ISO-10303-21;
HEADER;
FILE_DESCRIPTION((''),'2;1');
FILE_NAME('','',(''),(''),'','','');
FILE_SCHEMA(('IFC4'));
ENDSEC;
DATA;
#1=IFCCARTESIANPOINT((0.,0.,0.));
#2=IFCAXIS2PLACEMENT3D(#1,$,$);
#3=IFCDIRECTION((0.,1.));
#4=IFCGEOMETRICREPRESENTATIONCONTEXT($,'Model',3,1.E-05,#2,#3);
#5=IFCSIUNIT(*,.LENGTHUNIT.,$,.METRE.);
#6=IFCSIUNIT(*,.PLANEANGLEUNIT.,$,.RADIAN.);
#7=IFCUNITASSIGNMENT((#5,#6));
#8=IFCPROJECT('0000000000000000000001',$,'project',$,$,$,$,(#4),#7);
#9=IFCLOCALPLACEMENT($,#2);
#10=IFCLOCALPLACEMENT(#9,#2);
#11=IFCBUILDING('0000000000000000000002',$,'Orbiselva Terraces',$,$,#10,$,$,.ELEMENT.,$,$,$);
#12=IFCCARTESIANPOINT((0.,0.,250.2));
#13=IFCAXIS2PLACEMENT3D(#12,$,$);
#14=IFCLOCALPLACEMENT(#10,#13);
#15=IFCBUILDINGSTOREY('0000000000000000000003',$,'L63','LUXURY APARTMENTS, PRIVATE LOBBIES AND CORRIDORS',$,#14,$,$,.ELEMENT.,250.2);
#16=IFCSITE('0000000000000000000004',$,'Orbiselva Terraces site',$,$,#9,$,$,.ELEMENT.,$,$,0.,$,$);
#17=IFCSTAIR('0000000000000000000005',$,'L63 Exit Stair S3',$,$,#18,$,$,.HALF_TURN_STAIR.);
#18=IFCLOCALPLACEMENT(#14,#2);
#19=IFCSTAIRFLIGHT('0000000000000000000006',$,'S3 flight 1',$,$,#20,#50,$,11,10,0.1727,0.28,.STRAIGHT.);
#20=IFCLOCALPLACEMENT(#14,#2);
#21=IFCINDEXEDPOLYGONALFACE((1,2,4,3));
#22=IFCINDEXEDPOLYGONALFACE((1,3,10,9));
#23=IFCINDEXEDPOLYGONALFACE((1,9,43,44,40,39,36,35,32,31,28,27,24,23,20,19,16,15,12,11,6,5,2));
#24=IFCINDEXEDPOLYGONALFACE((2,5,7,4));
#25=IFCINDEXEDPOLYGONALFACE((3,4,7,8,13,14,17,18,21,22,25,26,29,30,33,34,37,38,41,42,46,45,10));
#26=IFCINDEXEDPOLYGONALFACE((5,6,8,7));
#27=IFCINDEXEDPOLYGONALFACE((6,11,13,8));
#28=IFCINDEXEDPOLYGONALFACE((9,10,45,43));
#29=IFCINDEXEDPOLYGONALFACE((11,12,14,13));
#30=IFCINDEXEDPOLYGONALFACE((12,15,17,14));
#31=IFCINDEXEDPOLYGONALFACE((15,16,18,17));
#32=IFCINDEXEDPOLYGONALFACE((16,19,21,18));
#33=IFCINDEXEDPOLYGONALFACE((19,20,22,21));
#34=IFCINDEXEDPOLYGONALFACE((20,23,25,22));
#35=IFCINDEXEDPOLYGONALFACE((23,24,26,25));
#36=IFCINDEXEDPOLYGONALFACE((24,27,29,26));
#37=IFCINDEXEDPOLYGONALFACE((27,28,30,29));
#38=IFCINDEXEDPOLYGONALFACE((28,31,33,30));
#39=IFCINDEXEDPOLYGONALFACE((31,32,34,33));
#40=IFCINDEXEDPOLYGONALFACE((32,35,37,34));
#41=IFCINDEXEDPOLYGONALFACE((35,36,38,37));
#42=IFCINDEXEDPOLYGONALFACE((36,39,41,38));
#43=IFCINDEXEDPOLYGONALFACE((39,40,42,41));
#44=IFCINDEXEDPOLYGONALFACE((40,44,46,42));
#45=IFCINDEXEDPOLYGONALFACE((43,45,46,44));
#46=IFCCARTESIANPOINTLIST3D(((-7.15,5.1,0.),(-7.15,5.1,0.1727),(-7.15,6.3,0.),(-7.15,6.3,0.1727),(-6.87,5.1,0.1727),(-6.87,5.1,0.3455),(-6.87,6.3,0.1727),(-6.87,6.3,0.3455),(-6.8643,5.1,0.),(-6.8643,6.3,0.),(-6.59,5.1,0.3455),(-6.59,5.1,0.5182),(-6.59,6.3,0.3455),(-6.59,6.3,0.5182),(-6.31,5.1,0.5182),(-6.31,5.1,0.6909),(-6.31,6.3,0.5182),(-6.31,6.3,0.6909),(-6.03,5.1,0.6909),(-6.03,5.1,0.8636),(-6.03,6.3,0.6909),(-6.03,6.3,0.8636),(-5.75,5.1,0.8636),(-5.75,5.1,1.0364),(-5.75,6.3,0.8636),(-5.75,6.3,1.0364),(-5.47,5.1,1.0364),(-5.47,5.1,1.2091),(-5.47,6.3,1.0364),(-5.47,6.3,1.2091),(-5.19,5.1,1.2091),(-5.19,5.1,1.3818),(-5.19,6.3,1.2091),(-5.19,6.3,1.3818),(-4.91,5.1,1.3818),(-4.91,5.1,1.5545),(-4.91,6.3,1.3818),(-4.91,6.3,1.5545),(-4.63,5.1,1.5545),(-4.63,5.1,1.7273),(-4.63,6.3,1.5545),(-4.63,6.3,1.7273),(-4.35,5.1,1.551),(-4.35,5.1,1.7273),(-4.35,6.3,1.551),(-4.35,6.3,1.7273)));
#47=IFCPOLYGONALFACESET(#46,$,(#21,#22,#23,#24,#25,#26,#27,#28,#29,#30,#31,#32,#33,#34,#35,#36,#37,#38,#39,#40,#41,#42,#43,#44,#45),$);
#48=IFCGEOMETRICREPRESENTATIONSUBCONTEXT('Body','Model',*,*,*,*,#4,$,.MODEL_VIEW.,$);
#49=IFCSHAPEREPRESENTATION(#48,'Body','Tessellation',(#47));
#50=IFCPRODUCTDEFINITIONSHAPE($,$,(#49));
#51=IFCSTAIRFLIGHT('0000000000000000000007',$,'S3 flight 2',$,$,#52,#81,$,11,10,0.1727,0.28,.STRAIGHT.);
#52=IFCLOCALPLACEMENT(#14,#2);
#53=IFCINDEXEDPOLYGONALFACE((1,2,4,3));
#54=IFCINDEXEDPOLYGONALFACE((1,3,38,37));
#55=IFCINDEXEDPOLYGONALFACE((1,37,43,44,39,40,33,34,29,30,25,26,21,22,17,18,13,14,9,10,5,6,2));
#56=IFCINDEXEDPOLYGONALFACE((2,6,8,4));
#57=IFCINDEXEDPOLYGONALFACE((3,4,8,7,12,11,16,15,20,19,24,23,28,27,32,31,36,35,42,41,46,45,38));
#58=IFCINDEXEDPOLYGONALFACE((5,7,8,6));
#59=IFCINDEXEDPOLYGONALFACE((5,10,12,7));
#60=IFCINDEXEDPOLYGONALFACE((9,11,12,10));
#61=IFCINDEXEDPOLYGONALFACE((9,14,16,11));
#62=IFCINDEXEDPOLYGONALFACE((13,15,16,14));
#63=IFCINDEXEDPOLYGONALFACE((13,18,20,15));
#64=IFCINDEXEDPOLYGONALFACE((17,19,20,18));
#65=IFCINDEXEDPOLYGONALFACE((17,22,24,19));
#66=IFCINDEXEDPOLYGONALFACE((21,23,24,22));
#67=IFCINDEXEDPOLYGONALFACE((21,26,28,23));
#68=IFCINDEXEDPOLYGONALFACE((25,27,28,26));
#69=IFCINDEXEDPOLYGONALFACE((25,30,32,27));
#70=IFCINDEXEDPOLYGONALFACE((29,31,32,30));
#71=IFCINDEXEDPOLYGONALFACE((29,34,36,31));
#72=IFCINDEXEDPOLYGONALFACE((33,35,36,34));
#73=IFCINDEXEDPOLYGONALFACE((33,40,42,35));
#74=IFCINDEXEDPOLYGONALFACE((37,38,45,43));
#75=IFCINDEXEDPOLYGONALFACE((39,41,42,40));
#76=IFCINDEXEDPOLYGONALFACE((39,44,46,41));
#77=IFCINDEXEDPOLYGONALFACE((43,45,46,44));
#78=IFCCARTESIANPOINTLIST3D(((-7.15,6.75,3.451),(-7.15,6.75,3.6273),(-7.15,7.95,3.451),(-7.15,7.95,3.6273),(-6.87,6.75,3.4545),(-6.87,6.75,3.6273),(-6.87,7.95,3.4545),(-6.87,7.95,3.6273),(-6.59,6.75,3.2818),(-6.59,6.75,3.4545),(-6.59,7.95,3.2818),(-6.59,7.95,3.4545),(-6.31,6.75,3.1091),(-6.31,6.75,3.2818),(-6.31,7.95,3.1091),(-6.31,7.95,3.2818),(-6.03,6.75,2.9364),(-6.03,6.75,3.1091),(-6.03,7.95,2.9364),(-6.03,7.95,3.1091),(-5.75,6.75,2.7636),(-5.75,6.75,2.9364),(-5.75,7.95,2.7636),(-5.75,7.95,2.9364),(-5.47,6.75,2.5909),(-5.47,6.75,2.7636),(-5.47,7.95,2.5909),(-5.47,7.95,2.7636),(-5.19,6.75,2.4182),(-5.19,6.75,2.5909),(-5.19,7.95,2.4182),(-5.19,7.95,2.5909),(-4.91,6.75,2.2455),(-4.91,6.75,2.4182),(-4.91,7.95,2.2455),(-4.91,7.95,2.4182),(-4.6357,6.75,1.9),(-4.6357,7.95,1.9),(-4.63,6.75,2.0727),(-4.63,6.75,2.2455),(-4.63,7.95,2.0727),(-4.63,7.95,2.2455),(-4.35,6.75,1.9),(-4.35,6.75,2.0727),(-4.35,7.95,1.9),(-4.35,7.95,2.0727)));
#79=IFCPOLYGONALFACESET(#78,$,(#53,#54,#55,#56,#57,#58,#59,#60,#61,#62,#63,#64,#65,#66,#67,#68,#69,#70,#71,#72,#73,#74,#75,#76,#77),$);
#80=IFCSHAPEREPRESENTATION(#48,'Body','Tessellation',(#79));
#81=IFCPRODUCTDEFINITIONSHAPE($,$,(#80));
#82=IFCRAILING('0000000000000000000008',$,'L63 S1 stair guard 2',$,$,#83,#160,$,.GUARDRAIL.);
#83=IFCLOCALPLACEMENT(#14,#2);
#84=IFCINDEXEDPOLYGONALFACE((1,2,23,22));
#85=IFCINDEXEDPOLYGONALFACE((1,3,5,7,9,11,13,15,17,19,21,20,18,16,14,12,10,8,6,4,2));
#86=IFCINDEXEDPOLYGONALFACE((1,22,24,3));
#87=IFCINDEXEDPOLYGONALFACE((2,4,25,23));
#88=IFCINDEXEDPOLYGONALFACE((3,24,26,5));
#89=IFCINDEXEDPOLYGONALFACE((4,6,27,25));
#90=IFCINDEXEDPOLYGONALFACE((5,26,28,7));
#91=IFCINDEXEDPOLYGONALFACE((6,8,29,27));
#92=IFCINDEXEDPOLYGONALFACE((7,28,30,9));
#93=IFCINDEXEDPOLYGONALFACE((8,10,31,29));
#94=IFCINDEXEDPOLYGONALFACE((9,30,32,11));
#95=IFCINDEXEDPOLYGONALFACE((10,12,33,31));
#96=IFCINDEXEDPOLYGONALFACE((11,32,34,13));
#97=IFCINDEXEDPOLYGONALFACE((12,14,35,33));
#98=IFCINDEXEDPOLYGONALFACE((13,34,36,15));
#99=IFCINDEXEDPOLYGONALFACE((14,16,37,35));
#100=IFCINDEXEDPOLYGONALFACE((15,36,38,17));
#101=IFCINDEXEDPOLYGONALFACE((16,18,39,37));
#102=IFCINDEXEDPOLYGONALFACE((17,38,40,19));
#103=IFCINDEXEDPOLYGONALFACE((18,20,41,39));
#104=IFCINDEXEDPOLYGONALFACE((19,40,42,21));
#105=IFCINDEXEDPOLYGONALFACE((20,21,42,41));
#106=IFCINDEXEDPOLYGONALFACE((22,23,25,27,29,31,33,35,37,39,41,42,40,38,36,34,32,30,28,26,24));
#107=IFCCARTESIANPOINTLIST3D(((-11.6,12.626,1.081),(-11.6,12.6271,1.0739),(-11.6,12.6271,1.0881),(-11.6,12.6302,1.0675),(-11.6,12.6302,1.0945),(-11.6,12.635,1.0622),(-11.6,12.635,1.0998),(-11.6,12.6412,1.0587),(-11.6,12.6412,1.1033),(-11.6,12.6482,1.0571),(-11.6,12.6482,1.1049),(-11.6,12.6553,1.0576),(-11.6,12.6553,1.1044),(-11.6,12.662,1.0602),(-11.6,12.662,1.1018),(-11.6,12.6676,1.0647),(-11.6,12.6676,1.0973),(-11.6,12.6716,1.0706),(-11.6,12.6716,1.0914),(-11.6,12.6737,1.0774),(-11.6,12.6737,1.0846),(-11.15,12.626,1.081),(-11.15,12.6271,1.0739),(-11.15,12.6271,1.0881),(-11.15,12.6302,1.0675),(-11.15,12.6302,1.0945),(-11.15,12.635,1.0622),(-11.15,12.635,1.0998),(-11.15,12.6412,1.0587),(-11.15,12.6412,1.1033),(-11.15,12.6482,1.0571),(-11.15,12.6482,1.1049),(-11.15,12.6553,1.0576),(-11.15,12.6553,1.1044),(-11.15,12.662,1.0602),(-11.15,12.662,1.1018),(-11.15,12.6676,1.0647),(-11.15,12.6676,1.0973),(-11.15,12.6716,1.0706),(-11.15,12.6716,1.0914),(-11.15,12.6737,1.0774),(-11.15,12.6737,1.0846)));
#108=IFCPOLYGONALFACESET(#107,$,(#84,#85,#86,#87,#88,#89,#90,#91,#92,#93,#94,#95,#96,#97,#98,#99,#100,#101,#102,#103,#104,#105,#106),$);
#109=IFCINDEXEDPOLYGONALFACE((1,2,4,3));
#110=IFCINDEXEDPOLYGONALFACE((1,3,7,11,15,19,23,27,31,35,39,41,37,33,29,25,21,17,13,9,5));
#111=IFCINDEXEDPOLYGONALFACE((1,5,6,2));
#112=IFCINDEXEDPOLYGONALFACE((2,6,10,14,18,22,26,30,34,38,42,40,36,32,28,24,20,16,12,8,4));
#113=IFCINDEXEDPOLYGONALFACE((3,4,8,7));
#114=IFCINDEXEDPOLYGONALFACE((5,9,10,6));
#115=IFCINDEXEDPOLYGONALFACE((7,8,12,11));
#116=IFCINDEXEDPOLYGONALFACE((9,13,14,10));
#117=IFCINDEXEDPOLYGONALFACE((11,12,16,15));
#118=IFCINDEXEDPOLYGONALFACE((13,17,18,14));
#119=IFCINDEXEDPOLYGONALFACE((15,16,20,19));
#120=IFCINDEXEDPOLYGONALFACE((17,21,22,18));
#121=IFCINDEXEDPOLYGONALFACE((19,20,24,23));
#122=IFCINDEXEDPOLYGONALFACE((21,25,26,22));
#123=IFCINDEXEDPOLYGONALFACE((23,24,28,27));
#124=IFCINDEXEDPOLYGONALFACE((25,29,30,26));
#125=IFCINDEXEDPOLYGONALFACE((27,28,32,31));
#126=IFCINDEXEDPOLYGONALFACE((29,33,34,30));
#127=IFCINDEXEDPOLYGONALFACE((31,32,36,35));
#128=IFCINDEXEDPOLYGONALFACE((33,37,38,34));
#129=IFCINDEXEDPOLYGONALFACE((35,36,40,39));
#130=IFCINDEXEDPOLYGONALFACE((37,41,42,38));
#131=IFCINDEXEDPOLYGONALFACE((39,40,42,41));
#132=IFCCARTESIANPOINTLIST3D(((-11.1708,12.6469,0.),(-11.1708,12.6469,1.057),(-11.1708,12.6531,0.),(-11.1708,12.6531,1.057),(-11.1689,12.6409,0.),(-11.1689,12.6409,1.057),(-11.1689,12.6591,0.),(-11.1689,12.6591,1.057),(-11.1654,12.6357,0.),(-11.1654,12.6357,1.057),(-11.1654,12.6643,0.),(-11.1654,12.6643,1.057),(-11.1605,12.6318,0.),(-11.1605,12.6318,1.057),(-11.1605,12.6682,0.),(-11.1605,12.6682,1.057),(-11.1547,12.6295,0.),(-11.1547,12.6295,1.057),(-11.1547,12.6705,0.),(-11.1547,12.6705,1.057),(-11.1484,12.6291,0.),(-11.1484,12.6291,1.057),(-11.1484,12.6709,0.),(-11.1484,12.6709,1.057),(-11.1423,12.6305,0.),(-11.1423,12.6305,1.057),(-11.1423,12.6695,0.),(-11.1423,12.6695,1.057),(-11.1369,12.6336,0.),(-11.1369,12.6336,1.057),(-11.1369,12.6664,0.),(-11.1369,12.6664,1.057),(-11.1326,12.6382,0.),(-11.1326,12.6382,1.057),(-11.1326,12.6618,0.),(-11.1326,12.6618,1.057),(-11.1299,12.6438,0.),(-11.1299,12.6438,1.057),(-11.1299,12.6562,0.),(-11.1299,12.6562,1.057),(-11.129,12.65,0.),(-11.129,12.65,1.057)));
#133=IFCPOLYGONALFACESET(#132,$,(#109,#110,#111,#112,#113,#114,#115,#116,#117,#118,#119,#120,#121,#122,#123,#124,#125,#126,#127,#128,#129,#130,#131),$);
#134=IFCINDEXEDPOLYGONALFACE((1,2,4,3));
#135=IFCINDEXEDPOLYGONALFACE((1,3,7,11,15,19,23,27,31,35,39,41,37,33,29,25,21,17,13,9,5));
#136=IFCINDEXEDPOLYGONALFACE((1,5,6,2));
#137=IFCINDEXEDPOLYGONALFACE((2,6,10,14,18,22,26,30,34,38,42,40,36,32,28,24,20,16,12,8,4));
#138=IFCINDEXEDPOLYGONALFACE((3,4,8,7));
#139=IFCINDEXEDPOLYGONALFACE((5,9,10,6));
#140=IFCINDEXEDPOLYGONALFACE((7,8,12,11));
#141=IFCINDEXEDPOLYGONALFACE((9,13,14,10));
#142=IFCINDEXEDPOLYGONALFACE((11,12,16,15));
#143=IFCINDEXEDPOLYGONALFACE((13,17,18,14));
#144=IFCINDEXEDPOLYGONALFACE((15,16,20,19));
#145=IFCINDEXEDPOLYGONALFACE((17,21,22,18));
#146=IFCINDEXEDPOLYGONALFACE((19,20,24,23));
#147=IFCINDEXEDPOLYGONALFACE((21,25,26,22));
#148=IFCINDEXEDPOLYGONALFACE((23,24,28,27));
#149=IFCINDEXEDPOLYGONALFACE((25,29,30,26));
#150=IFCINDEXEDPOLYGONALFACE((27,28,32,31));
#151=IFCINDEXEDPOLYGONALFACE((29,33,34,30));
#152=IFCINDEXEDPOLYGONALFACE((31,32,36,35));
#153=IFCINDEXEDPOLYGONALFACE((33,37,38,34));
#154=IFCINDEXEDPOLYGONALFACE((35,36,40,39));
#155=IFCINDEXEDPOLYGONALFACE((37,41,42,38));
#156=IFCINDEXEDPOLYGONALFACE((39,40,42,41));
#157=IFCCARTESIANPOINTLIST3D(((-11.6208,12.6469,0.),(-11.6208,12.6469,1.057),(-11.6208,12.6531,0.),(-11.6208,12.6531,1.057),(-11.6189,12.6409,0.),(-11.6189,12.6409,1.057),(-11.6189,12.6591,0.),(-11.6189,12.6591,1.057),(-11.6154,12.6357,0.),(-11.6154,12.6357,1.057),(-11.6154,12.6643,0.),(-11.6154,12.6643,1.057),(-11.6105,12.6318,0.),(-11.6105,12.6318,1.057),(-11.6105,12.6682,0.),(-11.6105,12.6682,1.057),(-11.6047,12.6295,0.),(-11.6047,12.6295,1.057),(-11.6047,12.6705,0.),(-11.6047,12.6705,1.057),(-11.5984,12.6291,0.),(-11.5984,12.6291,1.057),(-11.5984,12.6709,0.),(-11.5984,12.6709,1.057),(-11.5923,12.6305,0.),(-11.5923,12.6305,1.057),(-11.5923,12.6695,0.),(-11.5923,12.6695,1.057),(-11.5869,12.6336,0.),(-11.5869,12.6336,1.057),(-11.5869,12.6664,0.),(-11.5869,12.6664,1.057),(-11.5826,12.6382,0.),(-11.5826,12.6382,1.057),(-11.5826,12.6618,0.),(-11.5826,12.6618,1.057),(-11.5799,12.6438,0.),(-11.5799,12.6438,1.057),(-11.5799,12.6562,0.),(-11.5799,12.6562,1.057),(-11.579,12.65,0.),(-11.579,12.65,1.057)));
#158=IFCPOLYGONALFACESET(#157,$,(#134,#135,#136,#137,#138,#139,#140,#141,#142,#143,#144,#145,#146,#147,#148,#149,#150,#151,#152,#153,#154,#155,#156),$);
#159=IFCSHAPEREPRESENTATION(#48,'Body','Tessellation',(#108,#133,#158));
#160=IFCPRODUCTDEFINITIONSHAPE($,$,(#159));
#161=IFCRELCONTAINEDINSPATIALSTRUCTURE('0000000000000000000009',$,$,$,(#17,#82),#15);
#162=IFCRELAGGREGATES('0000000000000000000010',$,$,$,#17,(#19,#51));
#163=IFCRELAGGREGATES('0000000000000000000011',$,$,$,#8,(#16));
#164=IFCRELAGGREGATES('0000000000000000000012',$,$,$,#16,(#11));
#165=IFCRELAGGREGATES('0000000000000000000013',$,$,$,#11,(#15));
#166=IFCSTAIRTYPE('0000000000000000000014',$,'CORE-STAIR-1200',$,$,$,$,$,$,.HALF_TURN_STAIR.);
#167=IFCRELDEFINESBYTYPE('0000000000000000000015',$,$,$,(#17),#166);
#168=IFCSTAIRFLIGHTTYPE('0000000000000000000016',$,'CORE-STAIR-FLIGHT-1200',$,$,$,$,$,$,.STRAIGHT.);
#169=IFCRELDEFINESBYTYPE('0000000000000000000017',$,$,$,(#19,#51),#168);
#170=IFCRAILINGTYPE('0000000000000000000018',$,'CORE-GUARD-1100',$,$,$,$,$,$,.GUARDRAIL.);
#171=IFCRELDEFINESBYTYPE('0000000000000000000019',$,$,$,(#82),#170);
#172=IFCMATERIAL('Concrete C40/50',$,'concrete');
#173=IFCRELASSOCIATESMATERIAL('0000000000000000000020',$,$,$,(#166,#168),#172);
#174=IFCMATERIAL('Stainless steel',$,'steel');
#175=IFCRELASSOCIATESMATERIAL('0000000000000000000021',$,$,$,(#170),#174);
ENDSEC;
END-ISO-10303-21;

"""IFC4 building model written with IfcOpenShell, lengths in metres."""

from ifc_helpers import new_model, si_unit, direction, frame, origin, origin_2d, place, context, subcontext, project, spatial, polyline, circle, outline, extrude, material, type_object, element, aggregate, save


model = new_model("IFC4")

# Units and contexts
model_context = context("Model", 3, precision=1e-05, world=origin(), true_north=direction((0.0, 1.0)))
body_context = subcontext(model_context, "Body", "Model", "MODEL_VIEW")
ifc_project = project(units=[si_unit("LENGTHUNIT", "METRE"), si_unit("PLANEANGLEUNIT", "RADIAN")], contexts=[model_context])

# Site, building, storey
site_placement = place(None, origin())
site = spatial("IfcSite", under=ifc_project, at=site_placement, Name="Orbiselva Terraces site", CompositionType="ELEMENT", RefElevation=0.0)
building_placement = place(site_placement, origin())
building = spatial("IfcBuilding", under=site, at=building_placement, Name="Orbiselva Terraces", CompositionType="ELEMENT")
storey_placement = place(building_placement, frame((0.0, 0.0, 250.2)))
storey = spatial("IfcBuildingStorey", under=building, at=storey_placement, Name="L63", Description="LUXURY APARTMENTS, PRIVATE LOBBIES AND CORRIDORS", CompositionType="ELEMENT", Elevation=250.2)

# Shared definitions
ifc_material_1 = material(Name="Concrete C40/50", Category="concrete")

# Stair, stair flights
stair_type = type_object("IfcStairType", Name="CORE-STAIR-1200", PredefinedType="HALF_TURN_STAIR", material=ifc_material_1)
stair_placement = place(storey_placement, origin())
stair = element("IfcStair", 1, at=stair_placement, inside=storey, type_object=stair_type, Name="L63 Exit Stair S3", PredefinedType="HALF_TURN_STAIR")
stair_flight_type = type_object("IfcStairFlightType", Name="CORE-STAIR-FLIGHT-1200", PredefinedType="STRAIGHT", material=ifc_material_1)
stair_flight_1_placement = place(storey_placement, frame((-7.15, 5.7, 0.0), z_axis=(0.0, 0.0, 1.0), x_axis=(1.0, 0.0, 0.0)))
stair_flight_1 = element("IfcStairFlight", 2, at=stair_flight_1_placement, type_object=stair_flight_type, Name="S3 flight 1", NumberOfRisers=11, NumberOfTreads=10, PredefinedType="STRAIGHT", RiserHeight=0.1727, TreadLength=0.28, context=body_context, shape_type="SweptSolid", body=[
    extrude(outline(polyline([(0.0, 0.0), (0.0, 0.1727), (0.28, 0.1727), (0.28, 0.3455), (0.56, 0.3455), (0.56, 0.5182), (0.84, 0.5182), (0.84, 0.6909), (1.12, 0.6909), (1.12, 0.8636), (1.4, 0.8636), (1.4, 1.0364), (1.68, 1.0364), (1.68, 1.2091), (1.96, 1.2091), (1.96, 1.3818), (2.24, 1.3818), (2.24, 1.5545), (2.52, 1.5545), (2.52, 1.7273), (2.8, 1.7273), (2.8, 1.9), (2.8, 1.551), (0.2857, 0.0), (0.0, 0.0)])), frame((0.0, 0.6, 0.0), z_axis=(0.0, -1.0, 0.0), x_axis=(1.0, 0.0, 0.0)), (0.0, 0.0, 1.0), 1.2),
])
stair_flight_2_placement = place(storey_placement, frame((-4.35, 7.35, 1.9), z_axis=(0.0, 0.0, 1.0), x_axis=(-1.0, 0.0, 0.0)))
stair_flight_2 = element("IfcStairFlight", 3, at=stair_flight_2_placement, type_object=stair_flight_type, Name="S3 flight 2", NumberOfRisers=11, NumberOfTreads=10, PredefinedType="STRAIGHT", RiserHeight=0.1727, TreadLength=0.28, context=body_context, shape_type="SweptSolid", body=[
    extrude(outline(polyline([(0.0, 0.0), (0.0, 0.1727), (0.28, 0.1727), (0.28, 0.3455), (0.56, 0.3455), (0.56, 0.5182), (0.84, 0.5182), (0.84, 0.6909), (1.12, 0.6909), (1.12, 0.8636), (1.4, 0.8636), (1.4, 1.0364), (1.68, 1.0364), (1.68, 1.2091), (1.96, 1.2091), (1.96, 1.3818), (2.24, 1.3818), (2.24, 1.5545), (2.52, 1.5545), (2.52, 1.7273), (2.8, 1.7273), (2.8, 1.9), (2.8, 1.551), (0.2857, 0.0), (0.0, 0.0)])), frame((0.0, 0.6, 0.0), z_axis=(0.0, -1.0, 0.0), x_axis=(1.0, 0.0, 0.0)), (0.0, 0.0, 1.0), 1.2),
])
aggregate(stair, [stair_flight_1, stair_flight_2])

# Railing
ifc_material_2 = material(Name="Stainless steel", Category="steel")
railing_type_1 = type_object("IfcRailingType", Name="CORE-GUARD-1100", PredefinedType="GUARDRAIL", material=ifc_material_2)
railing_1_placement = place(storey_placement, frame((-11.15, 12.65, 0.0)))
element("IfcRailing", 4, at=railing_1_placement, inside=storey, type_object=railing_type_1, Name="L63 S1 stair guard 2", PredefinedType="GUARDRAIL", context=body_context, shape_type="SweptSolid", body=[
    extrude(circle(Radius=0.024, at=origin_2d()), frame((0.0, 0.0, 1.081), z_axis=(-1.0, 0.0, 0.0), x_axis=(0.0, -1.0, 0.0)), (0.0, 0.0, 1.0), 0.45),
    extrude(circle(Radius=0.021, at=origin_2d()), origin(), (0.0, 0.0, 1.0), 1.057),
    extrude(circle(Radius=0.021, at=origin_2d()), frame((-0.45, 0.0, 0.0)), (0.0, 0.0, 1.0), 1.057),
])

save(model, "model.ifc")
